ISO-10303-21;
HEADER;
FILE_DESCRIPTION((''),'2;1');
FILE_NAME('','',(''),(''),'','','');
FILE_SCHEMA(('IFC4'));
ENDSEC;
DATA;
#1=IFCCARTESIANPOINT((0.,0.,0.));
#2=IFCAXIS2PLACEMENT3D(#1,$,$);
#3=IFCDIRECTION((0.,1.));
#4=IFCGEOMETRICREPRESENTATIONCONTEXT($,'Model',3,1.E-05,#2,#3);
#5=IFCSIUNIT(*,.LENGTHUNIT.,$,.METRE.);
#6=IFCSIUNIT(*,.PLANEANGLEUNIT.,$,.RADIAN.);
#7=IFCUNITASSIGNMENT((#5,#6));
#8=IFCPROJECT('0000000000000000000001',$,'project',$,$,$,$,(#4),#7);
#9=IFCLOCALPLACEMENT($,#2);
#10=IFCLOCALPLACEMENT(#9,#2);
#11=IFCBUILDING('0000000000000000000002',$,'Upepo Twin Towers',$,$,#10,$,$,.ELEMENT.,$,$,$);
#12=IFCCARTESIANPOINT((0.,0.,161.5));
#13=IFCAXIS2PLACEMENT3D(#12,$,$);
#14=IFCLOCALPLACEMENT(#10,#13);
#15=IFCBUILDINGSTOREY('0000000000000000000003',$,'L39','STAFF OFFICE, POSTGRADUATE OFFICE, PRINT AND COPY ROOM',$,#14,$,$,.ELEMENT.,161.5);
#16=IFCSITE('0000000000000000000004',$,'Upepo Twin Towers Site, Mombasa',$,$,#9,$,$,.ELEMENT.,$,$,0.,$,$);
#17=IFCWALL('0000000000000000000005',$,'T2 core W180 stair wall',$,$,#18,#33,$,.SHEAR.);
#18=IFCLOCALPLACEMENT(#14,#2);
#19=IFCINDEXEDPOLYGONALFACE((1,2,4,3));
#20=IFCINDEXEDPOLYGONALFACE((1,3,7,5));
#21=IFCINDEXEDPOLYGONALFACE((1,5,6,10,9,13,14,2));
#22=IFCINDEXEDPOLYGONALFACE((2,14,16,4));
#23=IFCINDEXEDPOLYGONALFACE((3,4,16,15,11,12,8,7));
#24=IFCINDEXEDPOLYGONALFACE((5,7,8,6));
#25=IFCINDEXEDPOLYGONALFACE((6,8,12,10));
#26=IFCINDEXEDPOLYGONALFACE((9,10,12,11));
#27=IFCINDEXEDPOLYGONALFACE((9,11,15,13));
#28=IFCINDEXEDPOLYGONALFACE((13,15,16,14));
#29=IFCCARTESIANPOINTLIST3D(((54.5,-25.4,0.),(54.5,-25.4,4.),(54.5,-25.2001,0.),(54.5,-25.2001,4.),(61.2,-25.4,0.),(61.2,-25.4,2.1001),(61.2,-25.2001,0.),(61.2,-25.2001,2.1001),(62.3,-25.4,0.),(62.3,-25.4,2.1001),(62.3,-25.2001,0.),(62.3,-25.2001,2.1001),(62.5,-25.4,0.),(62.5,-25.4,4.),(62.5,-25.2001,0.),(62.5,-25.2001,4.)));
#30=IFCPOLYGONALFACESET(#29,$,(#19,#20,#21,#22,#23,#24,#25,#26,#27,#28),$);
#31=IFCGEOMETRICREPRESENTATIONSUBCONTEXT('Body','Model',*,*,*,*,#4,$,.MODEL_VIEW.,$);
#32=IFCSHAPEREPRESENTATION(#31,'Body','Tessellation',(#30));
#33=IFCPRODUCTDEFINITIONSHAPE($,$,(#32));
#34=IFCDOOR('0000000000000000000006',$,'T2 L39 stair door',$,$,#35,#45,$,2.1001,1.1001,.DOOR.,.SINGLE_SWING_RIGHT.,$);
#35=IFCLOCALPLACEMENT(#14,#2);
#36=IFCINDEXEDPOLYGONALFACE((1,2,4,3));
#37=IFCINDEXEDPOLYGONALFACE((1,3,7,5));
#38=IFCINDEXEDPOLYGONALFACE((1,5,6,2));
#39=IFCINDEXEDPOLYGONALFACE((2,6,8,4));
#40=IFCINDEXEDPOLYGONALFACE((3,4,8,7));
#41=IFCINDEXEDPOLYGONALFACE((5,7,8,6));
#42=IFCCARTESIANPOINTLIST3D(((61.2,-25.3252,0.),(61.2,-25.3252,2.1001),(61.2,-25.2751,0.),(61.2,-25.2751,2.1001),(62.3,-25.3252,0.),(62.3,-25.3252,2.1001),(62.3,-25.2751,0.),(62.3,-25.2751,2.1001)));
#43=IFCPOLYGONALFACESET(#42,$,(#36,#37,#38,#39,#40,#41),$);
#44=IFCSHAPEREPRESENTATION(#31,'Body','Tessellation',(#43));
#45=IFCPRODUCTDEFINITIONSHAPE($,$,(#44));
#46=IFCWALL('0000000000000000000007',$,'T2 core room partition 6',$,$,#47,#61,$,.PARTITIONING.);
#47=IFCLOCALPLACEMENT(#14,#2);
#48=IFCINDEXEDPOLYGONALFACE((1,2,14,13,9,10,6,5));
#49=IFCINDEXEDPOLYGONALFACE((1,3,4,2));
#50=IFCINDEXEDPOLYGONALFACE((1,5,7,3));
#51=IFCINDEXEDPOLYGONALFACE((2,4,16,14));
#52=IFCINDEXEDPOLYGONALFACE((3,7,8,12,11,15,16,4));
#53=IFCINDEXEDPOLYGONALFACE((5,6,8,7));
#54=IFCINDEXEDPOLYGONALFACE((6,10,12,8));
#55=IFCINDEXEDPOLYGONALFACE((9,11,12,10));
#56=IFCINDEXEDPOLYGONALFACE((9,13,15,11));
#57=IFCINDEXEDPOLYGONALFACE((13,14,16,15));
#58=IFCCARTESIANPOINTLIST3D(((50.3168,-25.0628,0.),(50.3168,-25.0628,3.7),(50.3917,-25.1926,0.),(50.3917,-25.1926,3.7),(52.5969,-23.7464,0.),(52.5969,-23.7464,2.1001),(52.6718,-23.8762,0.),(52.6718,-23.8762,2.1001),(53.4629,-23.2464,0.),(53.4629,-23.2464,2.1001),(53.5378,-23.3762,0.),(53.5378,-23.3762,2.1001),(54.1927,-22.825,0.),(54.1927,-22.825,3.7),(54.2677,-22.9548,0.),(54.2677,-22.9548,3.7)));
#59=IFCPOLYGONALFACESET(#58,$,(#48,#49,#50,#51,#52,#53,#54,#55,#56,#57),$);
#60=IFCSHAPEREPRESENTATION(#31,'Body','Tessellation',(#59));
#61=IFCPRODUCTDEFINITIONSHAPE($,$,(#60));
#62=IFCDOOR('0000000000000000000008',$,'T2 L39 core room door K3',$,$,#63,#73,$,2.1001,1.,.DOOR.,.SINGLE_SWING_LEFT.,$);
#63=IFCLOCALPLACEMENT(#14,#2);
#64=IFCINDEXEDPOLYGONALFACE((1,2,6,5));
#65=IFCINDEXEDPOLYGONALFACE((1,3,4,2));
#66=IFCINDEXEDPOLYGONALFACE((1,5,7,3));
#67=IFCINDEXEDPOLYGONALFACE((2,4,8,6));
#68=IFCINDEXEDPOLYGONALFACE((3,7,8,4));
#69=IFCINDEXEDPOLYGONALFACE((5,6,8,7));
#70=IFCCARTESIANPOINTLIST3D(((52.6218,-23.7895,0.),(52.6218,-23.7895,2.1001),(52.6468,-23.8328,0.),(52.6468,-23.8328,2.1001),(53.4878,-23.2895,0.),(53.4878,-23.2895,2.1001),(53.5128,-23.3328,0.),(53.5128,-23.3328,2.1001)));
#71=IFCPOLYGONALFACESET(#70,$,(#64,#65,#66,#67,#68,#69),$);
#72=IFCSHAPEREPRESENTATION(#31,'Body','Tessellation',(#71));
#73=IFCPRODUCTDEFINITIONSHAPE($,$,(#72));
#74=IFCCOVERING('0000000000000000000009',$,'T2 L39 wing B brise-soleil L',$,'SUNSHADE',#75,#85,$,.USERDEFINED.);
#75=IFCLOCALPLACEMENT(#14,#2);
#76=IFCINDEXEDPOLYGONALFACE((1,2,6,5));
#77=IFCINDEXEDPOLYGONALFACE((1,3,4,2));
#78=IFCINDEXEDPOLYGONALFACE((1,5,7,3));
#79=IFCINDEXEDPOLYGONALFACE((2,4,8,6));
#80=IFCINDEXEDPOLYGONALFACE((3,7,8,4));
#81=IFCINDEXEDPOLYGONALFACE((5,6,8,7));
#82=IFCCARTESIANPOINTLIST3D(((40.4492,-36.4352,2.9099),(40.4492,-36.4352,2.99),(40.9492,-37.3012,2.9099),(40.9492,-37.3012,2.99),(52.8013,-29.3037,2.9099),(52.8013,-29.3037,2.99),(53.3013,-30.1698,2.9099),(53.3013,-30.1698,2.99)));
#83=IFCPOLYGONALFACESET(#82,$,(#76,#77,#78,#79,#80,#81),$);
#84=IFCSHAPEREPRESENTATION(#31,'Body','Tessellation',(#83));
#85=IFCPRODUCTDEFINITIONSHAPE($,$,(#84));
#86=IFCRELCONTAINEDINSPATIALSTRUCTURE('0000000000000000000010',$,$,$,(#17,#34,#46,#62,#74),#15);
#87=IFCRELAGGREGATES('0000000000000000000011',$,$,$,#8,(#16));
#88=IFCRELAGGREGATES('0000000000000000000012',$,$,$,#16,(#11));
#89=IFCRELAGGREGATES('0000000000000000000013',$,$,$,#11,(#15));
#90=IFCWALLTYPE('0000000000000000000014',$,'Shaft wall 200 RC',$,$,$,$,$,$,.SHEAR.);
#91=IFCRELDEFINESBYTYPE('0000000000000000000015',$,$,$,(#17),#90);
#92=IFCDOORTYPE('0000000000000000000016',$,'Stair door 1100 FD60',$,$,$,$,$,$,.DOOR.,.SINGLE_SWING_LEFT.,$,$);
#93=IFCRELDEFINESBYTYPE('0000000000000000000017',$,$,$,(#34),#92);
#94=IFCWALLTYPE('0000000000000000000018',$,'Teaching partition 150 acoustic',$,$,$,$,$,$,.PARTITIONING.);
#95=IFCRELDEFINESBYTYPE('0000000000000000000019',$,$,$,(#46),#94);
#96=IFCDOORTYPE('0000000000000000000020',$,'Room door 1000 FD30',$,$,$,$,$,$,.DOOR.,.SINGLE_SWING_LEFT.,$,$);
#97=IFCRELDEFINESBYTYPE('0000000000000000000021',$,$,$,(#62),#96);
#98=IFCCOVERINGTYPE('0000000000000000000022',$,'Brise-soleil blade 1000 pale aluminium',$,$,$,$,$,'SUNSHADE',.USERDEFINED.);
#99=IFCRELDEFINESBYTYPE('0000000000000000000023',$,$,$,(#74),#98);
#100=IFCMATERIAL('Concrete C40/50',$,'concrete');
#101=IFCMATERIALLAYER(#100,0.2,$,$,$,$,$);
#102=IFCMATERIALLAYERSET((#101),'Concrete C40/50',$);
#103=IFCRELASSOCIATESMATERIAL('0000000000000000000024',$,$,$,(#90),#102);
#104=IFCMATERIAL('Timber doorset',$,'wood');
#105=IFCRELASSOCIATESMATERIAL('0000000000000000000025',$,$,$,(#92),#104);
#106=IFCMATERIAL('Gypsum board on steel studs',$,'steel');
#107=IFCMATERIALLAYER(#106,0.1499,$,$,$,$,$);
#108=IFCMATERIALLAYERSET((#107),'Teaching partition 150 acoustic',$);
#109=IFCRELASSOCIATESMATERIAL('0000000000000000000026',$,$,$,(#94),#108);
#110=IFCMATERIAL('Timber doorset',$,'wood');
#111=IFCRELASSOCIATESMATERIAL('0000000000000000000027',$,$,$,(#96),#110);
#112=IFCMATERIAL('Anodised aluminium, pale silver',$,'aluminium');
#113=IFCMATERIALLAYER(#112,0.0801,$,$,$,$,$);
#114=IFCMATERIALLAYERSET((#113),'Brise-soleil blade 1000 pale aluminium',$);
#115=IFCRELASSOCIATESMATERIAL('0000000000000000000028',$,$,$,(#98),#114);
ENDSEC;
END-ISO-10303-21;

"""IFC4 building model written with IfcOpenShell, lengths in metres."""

from ifc_helpers import new_model, si_unit, direction, frame, frame_2d, origin, origin_2d, place, context, subcontext, project, spatial, rectangle, extrude, material, layer, layer_set, type_object, element, fill, save


model = new_model("IFC4")

# Units and contexts
model_context = context("Model", 3, precision=1e-05, world=origin(), true_north=direction((0.0, 1.0)))
body_context = subcontext(model_context, "Body", "Model", "MODEL_VIEW")
ifc_project = project(units=[si_unit("LENGTHUNIT", "METRE"), si_unit("PLANEANGLEUNIT", "RADIAN")], contexts=[model_context])

# Site, building, storey
site_placement = place(None, origin())
site = spatial("IfcSite", under=ifc_project, at=site_placement, Name="Upepo Twin Towers Site, Mombasa", CompositionType="ELEMENT", RefElevation=0.0)
building_placement = place(site_placement, origin())
building = spatial("IfcBuilding", under=site, at=building_placement, Name="Upepo Twin Towers", CompositionType="ELEMENT")
storey_placement = place(building_placement, frame((0.0, 0.0, 161.5)))
storey = spatial("IfcBuildingStorey", under=building, at=storey_placement, Name="L39", Description="STAFF OFFICE, POSTGRADUATE OFFICE, PRINT AND COPY ROOM", CompositionType="ELEMENT", Elevation=161.5)

# Walls, openings, doors
ifc_material_1 = material(Name="Concrete C40/50", Category="concrete")
ifc_layer_1 = layer(ifc_material_1, 0.2)
ifc_layer_set_1 = layer_set([ifc_layer_1], Name="Concrete C40/50")
wall_type_1 = type_object("IfcWallType", Name="Shaft wall 200 RC", PredefinedType="SHEAR", material=ifc_layer_set_1)
wall_1_placement = place(storey_placement, frame((54.5, -25.3, 0.0), z_axis=(0.0, 0.0, 1.0), x_axis=(1.0, 0.0, 0.0)))
wall_1 = element("IfcWall", 1, at=wall_1_placement, inside=storey, type_object=wall_type_1, Name="T2 core W180 stair wall", PredefinedType="SHEAR", context=body_context, shape_type="SweptSolid", body=[
    extrude(rectangle(XDim=8.0, YDim=0.2, at=frame_2d((4.0, 0.0))), origin(), (0.0, 0.0, 1.0), 4.0),
])
opening_1_placement = place(wall_1_placement, frame((6.7, 0.0, 0.0)))
opening_1 = element("IfcOpeningElement", 2, at=opening_1_placement, cuts=wall_1, PredefinedType="OPENING", context=body_context, shape_type="SweptSolid", body=[
    extrude(rectangle(XDim=1.1001, YDim=2.1001, at=frame_2d((0.55, 1.05))), frame((0.0, 0.1099, 0.0), z_axis=(0.0, -1.0, 0.0), x_axis=(1.0, 0.0, 0.0)), (0.0, 0.0, 1.0), 0.22),
])
ifc_material_2 = material(Name="Timber doorset", Category="wood")
door_type_1 = type_object("IfcDoorType", Name="Stair door 1100 FD60", OperationType="SINGLE_SWING_LEFT", PredefinedType="DOOR", material=ifc_material_2)
door_1_placement = place(opening_1_placement, origin())
door_1 = element("IfcDoor", 3, at=door_1_placement, inside=storey, type_object=door_type_1, Name="T2 L39 stair door", OperationType="SINGLE_SWING_RIGHT", OverallHeight=2.1001, OverallWidth=1.1001, PredefinedType="DOOR", context=body_context, shape_type="SweptSolid", body=[
    extrude(rectangle(XDim=1.1001, YDim=2.1001, at=frame_2d((0.55, 1.05))), frame((0.0, 0.0249, 0.0), z_axis=(0.0, -1.0, 0.0), x_axis=(1.0, 0.0, 0.0)), (0.0, 0.0, 1.0), 0.05),
])
fill(opening_1, door_1)
ifc_material_3 = material(Name="Gypsum board on steel studs", Category="steel")
ifc_layer_2 = layer(ifc_material_3, 0.1499)
ifc_layer_set_2 = layer_set([ifc_layer_2], Name="Teaching partition 150 acoustic")
wall_type_2 = type_object("IfcWallType", Name="Teaching partition 150 acoustic", PredefinedType="PARTITIONING", material=ifc_layer_set_2)
wall_2_placement = place(storey_placement, frame((54.2302, -22.8899, 0.0), z_axis=(0.0, 0.0, 1.0), x_axis=(-0.866026, -0.499999, 0.0)))
wall_2 = element("IfcWall", 4, at=wall_2_placement, inside=storey, type_object=wall_type_2, Name="T2 core room partition 6", PredefinedType="PARTITIONING", context=body_context, shape_type="SweptSolid", body=[
    extrude(rectangle(XDim=4.4756, YDim=0.1499, at=frame_2d((2.2378, 0.0))), origin(), (0.0, 0.0, 1.0), 3.7),
])
opening_2_placement = place(wall_2_placement, frame((0.8428, 0.0, 0.0)))
opening_2 = element("IfcOpeningElement", 5, at=opening_2_placement, cuts=wall_2, PredefinedType="OPENING", context=body_context, shape_type="SweptSolid", body=[
    extrude(rectangle(XDim=1.0, YDim=2.1001, at=frame_2d((0.5, 1.05))), frame((0.0, 0.085, 0.0), z_axis=(0.0, -1.0, 0.0), x_axis=(1.0, 0.0, 0.0)), (0.0, 0.0, 1.0), 0.1699),
])
ifc_material_4 = material(Name="Timber doorset", Category="wood")
door_type_2 = type_object("IfcDoorType", Name="Room door 1000 FD30", OperationType="SINGLE_SWING_LEFT", PredefinedType="DOOR", material=ifc_material_4)
door_2_placement = place(opening_2_placement, origin())
door_2 = element("IfcDoor", 6, at=door_2_placement, inside=storey, type_object=door_type_2, Name="T2 L39 core room door K3", OperationType="SINGLE_SWING_LEFT", OverallHeight=2.1001, OverallWidth=1.0, PredefinedType="DOOR", context=body_context, shape_type="SweptSolid", body=[
    extrude(rectangle(XDim=1.0, YDim=2.1001, at=frame_2d((0.5, 1.05))), frame((0.0, 0.0249, 0.0), z_axis=(0.0, -1.0, 0.0), x_axis=(1.0, 0.0, 0.0)), (0.0, 0.0, 1.0), 0.05),
])
fill(opening_2, door_2)

# Covering
ifc_material_5 = material(Name="Anodised aluminium, pale silver", Category="aluminium")
ifc_layer_3 = layer(ifc_material_5, 0.0801)
ifc_layer_set_3 = layer_set([ifc_layer_3], Name="Brise-soleil blade 1000 pale aluminium")
covering_type = type_object("IfcCoveringType", Name="Brise-soleil blade 1000 pale aluminium", ElementType="SUNSHADE", PredefinedType="USERDEFINED", material=ifc_layer_set_3)
covering_placement = place(storey_placement, frame((46.8752, -33.3025, 2.9099), z_axis=(0.0, 0.0, 1.0), x_axis=(-0.866025, -0.5, 0.0)))
element("IfcCovering", 7, at=covering_placement, inside=storey, type_object=covering_type, Name="T2 L39 wing B brise-soleil L", ObjectType="SUNSHADE", PredefinedType="USERDEFINED", context=body_context, shape_type="SweptSolid", body=[
    extrude(rectangle(XDim=14.2629, YDim=1.0, at=origin_2d()), origin(), (0.0, 0.0, 1.0), 0.0801),
])

save(model, "model.ifc")
